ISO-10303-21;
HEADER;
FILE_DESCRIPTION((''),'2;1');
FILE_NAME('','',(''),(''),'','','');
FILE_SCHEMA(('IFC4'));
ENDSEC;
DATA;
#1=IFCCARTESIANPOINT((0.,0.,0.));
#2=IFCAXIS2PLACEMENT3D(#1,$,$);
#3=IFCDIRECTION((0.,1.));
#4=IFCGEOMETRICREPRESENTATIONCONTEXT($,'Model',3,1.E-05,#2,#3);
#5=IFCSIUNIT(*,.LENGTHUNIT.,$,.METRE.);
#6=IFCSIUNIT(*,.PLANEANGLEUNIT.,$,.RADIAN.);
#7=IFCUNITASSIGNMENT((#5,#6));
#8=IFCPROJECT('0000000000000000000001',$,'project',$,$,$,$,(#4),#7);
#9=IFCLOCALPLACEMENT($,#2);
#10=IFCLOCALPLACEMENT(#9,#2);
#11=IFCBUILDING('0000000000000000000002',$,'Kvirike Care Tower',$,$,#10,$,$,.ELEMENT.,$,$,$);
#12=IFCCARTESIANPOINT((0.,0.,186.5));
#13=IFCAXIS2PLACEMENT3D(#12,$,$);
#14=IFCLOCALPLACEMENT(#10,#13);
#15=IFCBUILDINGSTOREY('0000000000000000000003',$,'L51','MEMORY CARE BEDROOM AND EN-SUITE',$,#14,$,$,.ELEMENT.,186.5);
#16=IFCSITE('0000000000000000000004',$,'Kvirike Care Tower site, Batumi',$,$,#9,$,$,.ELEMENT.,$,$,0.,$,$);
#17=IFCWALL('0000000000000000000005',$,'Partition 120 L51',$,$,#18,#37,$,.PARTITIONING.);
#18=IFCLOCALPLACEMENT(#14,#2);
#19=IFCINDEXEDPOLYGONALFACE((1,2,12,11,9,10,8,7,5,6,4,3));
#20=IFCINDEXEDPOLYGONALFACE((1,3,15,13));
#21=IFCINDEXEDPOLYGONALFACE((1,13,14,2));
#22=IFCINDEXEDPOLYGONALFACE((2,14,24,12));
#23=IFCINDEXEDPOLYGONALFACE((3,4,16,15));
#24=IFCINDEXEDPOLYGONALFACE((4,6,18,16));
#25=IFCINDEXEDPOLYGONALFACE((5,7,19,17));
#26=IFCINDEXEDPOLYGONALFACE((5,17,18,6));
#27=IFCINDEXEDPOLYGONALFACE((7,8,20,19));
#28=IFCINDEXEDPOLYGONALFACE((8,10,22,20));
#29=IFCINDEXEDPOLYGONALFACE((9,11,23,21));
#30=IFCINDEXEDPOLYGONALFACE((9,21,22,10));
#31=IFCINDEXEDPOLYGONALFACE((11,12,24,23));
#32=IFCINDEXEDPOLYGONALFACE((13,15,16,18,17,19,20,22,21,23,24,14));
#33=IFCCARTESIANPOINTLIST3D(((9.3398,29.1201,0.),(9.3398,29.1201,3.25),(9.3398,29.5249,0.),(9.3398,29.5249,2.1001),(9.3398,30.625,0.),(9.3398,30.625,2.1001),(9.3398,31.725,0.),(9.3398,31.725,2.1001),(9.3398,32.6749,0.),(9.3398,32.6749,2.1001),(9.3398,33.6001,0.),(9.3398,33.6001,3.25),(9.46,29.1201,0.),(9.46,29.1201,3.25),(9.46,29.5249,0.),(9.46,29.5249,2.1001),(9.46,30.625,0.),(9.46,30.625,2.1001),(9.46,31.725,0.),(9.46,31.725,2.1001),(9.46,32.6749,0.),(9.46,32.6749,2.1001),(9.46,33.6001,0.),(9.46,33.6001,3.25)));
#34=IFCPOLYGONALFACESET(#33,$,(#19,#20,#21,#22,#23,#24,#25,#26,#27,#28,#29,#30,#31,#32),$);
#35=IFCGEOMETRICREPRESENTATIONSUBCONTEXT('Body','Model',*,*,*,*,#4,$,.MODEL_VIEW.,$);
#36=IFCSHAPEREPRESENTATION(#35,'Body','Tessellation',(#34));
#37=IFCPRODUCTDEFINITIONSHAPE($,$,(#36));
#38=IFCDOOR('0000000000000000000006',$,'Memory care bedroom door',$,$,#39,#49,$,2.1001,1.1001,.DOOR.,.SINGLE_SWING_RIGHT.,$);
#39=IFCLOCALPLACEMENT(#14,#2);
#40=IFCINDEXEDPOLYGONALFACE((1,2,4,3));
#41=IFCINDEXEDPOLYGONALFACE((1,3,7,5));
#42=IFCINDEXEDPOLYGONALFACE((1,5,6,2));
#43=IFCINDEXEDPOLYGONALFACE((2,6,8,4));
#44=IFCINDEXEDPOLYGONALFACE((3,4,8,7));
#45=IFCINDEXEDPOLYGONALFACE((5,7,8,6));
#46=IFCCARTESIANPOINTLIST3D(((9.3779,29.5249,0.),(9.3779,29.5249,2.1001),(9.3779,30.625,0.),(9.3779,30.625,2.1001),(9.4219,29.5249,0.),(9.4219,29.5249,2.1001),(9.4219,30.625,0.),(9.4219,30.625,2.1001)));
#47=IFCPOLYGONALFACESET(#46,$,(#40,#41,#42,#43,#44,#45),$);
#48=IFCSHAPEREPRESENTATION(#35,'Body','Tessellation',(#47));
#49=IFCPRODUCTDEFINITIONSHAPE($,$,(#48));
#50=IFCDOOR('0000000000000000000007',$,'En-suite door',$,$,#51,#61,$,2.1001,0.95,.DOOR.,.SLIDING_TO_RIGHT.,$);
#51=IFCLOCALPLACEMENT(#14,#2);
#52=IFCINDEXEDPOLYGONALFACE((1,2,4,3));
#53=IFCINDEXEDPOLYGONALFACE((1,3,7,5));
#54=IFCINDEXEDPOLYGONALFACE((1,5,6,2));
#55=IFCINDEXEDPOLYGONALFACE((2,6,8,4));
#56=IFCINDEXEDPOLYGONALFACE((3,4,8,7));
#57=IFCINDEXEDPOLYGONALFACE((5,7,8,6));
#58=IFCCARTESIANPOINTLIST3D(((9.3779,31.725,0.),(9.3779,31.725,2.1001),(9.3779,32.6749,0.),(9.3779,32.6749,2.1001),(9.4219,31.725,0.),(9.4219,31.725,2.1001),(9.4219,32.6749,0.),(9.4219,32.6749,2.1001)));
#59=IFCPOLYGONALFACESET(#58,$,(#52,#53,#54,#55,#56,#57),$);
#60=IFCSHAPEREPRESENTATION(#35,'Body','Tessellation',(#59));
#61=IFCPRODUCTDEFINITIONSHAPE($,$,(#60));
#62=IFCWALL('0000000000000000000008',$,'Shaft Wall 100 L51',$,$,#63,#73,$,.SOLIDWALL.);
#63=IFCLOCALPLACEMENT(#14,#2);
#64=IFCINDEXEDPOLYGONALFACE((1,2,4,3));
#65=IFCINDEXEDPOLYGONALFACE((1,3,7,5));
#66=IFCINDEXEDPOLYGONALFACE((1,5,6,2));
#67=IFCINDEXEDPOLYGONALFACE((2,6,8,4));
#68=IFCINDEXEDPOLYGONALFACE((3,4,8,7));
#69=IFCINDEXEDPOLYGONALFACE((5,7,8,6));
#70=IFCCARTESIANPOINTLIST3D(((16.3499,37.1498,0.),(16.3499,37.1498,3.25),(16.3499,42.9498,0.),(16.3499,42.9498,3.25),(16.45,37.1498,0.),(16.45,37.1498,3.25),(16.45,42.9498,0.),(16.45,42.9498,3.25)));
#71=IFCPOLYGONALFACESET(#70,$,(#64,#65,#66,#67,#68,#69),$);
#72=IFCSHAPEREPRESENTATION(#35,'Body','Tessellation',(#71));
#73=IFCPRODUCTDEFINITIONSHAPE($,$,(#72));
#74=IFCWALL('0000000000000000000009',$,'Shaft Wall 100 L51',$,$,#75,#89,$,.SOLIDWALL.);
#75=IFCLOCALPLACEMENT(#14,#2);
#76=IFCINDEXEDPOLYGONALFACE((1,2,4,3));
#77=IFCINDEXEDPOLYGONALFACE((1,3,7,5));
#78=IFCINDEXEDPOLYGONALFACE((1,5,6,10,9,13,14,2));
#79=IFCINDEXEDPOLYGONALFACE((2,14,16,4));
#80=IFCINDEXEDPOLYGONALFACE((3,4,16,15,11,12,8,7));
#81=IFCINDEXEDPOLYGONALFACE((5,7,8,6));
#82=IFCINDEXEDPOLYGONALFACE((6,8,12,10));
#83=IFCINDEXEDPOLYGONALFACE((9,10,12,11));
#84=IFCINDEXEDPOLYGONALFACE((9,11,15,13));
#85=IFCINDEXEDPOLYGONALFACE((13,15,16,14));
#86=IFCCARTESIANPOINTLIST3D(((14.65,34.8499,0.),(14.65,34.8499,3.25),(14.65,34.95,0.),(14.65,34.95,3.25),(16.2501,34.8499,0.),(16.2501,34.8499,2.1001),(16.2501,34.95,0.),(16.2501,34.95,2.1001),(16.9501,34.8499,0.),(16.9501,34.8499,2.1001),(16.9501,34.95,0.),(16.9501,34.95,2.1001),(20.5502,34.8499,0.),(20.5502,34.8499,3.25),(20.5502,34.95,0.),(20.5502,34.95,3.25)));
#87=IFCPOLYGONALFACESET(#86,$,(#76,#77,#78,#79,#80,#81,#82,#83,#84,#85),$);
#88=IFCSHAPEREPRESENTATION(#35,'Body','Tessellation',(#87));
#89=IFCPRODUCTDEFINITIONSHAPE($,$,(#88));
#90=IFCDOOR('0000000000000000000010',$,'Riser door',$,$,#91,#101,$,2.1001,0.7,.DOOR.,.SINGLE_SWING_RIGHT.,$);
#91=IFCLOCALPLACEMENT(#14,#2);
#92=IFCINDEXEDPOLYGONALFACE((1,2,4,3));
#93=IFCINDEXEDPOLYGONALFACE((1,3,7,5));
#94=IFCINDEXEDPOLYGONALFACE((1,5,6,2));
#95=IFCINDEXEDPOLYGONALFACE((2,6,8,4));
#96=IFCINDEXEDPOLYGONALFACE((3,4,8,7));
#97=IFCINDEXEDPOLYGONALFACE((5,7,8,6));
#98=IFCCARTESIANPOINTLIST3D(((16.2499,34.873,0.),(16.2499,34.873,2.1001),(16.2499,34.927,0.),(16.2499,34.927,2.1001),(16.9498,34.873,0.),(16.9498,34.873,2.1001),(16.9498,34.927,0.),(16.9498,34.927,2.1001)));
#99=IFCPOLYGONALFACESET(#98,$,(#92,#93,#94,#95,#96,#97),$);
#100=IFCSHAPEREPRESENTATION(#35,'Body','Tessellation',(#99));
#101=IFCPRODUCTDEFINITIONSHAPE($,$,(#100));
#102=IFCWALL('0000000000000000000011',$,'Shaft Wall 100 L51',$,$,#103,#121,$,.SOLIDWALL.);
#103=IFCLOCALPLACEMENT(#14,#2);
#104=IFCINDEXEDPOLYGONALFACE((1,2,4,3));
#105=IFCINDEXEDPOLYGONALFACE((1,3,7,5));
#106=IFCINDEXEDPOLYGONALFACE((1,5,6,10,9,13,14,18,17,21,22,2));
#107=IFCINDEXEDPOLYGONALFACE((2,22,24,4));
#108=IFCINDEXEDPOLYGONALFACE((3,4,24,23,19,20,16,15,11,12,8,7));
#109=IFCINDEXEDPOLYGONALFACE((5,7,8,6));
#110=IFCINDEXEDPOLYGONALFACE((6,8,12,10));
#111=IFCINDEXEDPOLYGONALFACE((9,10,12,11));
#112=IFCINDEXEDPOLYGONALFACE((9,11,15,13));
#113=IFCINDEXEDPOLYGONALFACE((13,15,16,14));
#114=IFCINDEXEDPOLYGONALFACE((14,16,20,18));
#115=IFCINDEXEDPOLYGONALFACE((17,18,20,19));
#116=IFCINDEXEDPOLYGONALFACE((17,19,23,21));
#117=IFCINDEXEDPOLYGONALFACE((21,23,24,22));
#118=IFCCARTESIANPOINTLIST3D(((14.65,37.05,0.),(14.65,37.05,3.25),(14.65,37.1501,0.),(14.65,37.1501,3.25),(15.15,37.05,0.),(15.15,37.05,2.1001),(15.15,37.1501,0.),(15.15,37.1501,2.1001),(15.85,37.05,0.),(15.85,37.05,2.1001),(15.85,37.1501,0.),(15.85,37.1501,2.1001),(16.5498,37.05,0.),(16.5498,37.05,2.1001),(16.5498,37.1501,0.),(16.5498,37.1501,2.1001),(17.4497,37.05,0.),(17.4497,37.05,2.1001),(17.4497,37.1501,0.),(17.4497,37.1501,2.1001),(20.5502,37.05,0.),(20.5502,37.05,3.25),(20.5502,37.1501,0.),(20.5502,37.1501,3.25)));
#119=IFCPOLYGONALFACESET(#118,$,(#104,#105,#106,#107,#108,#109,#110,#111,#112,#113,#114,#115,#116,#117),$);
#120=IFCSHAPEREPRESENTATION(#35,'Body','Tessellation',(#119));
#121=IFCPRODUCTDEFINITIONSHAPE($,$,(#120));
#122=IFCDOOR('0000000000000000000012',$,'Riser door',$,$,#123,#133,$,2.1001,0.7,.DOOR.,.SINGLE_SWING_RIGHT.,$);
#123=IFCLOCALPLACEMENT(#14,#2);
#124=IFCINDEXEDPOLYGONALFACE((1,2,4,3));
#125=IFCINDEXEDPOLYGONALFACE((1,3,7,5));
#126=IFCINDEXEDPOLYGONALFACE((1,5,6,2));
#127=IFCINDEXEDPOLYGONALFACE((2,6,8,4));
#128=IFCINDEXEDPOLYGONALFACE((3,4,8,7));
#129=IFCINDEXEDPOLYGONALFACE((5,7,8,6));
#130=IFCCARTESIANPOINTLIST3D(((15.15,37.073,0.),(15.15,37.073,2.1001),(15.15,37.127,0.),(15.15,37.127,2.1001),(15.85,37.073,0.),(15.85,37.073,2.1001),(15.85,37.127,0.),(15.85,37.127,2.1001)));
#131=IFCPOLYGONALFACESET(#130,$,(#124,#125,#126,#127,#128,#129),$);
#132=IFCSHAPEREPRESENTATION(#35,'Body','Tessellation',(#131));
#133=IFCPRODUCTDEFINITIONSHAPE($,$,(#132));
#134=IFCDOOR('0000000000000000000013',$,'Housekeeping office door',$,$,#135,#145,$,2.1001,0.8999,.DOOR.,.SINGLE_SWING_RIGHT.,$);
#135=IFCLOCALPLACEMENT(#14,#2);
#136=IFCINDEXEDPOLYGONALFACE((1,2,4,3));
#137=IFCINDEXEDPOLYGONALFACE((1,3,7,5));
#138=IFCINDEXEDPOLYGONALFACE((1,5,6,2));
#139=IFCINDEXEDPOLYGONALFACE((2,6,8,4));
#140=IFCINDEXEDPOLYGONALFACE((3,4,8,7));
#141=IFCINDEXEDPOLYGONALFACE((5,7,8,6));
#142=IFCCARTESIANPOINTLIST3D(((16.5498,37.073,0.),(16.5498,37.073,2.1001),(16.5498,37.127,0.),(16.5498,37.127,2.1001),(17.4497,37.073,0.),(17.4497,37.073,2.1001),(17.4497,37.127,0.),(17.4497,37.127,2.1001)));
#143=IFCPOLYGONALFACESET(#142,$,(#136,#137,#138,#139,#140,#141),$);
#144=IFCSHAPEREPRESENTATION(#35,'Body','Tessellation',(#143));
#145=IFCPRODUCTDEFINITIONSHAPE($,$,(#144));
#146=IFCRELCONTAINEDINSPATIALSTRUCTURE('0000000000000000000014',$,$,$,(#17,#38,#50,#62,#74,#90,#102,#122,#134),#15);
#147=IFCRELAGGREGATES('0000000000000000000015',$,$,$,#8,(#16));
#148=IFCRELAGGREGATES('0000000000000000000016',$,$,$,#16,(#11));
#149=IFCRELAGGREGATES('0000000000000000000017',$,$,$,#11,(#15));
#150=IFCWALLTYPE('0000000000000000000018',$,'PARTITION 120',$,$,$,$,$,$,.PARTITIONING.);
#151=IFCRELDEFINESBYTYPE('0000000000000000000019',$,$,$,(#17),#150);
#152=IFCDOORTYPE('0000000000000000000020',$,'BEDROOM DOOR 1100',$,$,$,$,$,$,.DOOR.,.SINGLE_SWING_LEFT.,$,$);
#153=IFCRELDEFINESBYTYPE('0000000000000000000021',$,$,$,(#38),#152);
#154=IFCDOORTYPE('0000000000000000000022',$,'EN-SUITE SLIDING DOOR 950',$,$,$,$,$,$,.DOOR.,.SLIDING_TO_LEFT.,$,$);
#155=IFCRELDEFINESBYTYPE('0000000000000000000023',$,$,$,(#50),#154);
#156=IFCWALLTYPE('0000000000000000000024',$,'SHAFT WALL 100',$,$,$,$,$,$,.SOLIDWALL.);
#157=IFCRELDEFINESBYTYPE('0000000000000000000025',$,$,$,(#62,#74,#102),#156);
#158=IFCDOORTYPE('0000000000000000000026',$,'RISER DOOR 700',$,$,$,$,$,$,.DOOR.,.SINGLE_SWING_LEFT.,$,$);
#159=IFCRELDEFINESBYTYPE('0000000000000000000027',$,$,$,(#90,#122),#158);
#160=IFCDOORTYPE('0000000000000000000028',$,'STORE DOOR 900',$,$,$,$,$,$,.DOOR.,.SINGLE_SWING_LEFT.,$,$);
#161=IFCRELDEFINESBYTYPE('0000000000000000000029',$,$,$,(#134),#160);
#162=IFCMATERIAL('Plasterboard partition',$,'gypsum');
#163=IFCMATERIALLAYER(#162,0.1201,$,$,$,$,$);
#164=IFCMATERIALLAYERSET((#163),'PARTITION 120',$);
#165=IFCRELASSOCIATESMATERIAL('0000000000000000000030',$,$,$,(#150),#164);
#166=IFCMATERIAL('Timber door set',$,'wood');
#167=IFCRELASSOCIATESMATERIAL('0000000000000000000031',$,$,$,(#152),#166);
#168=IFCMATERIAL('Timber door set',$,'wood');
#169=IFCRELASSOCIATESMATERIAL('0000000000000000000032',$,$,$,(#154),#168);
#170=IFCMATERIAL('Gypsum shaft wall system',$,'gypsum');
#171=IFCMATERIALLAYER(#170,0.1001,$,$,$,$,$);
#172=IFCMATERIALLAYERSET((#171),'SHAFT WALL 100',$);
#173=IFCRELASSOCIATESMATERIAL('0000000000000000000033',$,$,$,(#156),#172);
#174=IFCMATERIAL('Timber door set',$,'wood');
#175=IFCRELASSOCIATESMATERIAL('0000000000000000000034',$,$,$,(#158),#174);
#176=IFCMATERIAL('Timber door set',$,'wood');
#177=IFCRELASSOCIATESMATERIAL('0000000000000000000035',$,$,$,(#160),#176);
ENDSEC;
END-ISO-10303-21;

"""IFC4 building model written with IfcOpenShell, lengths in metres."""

from ifc_helpers import new_model, si_unit, direction, frame, frame_2d, origin, place, context, subcontext, project, spatial, rectangle, extrude, material, layer, layer_set, type_object, element, fill, save


model = new_model("IFC4")

# Units and contexts
model_context = context("Model", 3, precision=1e-05, world=origin(), true_north=direction((0.0, 1.0)))
body_context = subcontext(model_context, "Body", "Model", "MODEL_VIEW")
ifc_project = project(units=[si_unit("LENGTHUNIT", "METRE"), si_unit("PLANEANGLEUNIT", "RADIAN")], contexts=[model_context])

# Site, building, storey
site_placement = place(None, origin())
site = spatial("IfcSite", under=ifc_project, at=site_placement, Name="Kvirike Care Tower site, Batumi", CompositionType="ELEMENT", RefElevation=0.0)
building_placement = place(site_placement, origin())
building = spatial("IfcBuilding", under=site, at=building_placement, Name="Kvirike Care Tower", CompositionType="ELEMENT")
storey_placement = place(building_placement, frame((0.0, 0.0, 186.5)))
storey = spatial("IfcBuildingStorey", under=building, at=storey_placement, Name="L51", Description="MEMORY CARE BEDROOM AND EN-SUITE", CompositionType="ELEMENT", Elevation=186.5)

# Shared definitions
ifc_material_1 = material(Name="Plasterboard partition", Category="gypsum")
ifc_layer_1 = layer(ifc_material_1, 0.1201)
ifc_layer_set_1 = layer_set([ifc_layer_1], Name="PARTITION 120")
wall_type_1 = type_object("IfcWallType", Name="PARTITION 120", PredefinedType="PARTITIONING", material=ifc_layer_set_1)

# Wall, openings, doors
wall_1_placement = place(storey_placement, frame((9.3999, 33.6001, 0.0), z_axis=(0.0, 0.0, 1.0), x_axis=(0.0, -1.0, 0.0)))
wall_1 = element("IfcWall", 1, at=wall_1_placement, inside=storey, type_object=wall_type_1, Name="Partition 120 L51", PredefinedType="PARTITIONING", context=body_context, shape_type="SweptSolid", body=[
    extrude(rectangle(XDim=4.48, YDim=0.1201, at=frame_2d((2.24, 0.0))), origin(), (0.0, 0.0, 1.0), 3.25),
])
opening_1_placement = place(wall_1_placement, frame((2.9751, 0.0, 0.0)))
opening_1 = element("IfcOpeningElement", 2, at=opening_1_placement, cuts=wall_1, PredefinedType="OPENING", context=body_context, shape_type="SweptSolid", body=[
    extrude(rectangle(XDim=1.1001, YDim=2.1001, at=frame_2d((0.55, 1.05))), frame((0.0, 0.0706, 0.0), z_axis=(0.0, -1.0, 0.0), x_axis=(1.0, 0.0, 0.0)), (0.0, 0.0, 1.0), 0.1411),
])
opening_2_placement = place(wall_1_placement, frame((0.925, 0.0, 0.0)))
opening_2 = element("IfcOpeningElement", 3, at=opening_2_placement, cuts=wall_1, PredefinedType="OPENING", context=body_context, shape_type="SweptSolid", body=[
    extrude(rectangle(XDim=0.95, YDim=2.1001, at=frame_2d((0.4751, 1.05))), frame((0.0, 0.0706, 0.0), z_axis=(0.0, -1.0, 0.0), x_axis=(1.0, 0.0, 0.0)), (0.0, 0.0, 1.0), 0.1411),
])
ifc_material_2 = material(Name="Timber door set", Category="wood")
door_type_1 = type_object("IfcDoorType", Name="BEDROOM DOOR 1100", OperationType="SINGLE_SWING_LEFT", PredefinedType="DOOR", material=ifc_material_2)
door_1_placement = place(opening_1_placement, origin())
door_1 = element("IfcDoor", 4, at=door_1_placement, inside=storey, type_object=door_type_1, Name="Memory care bedroom door", OperationType="SINGLE_SWING_RIGHT", OverallHeight=2.1001, OverallWidth=1.1001, PredefinedType="DOOR", context=body_context, shape_type="SweptSolid", body=[
    extrude(rectangle(XDim=1.1001, YDim=2.1001, at=frame_2d((0.55, 1.05))), frame((0.0, 0.022, 0.0), z_axis=(0.0, -1.0, 0.0), x_axis=(1.0, 0.0, 0.0)), (0.0, 0.0, 1.0), 0.0439),
])
fill(opening_1, door_1)
ifc_material_3 = material(Name="Timber door set", Category="wood")
door_type_2 = type_object("IfcDoorType", Name="EN-SUITE SLIDING DOOR 950", OperationType="SLIDING_TO_LEFT", PredefinedType="DOOR", material=ifc_material_3)
door_2_placement = place(opening_2_placement, origin())
door_2 = element("IfcDoor", 5, at=door_2_placement, inside=storey, type_object=door_type_2, Name="En-suite door", OperationType="SLIDING_TO_RIGHT", OverallHeight=2.1001, OverallWidth=0.95, PredefinedType="DOOR", context=body_context, shape_type="SweptSolid", body=[
    extrude(rectangle(XDim=0.95, YDim=2.1001, at=frame_2d((0.4751, 1.05))), frame((0.0, 0.022, 0.0), z_axis=(0.0, -1.0, 0.0), x_axis=(1.0, 0.0, 0.0)), (0.0, 0.0, 1.0), 0.0439),
])
fill(opening_2, door_2)

# Wall
ifc_material_4 = material(Name="Gypsum shaft wall system", Category="gypsum")
ifc_layer_2 = layer(ifc_material_4, 0.1001)
ifc_layer_set_2 = layer_set([ifc_layer_2], Name="SHAFT WALL 100")
wall_type_2 = type_object("IfcWallType", Name="SHAFT WALL 100", PredefinedType="SOLIDWALL", material=ifc_layer_set_2)
wall_2_placement = place(storey_placement, frame((16.3999, 37.1499, 0.0), z_axis=(0.0, 0.0, 1.0), x_axis=(0.0, 1.0, 0.0)))
element("IfcWall", 6, at=wall_2_placement, inside=storey, type_object=wall_type_2, Name="Shaft Wall 100 L51", PredefinedType="SOLIDWALL", context=body_context, shape_type="SweptSolid", body=[
    extrude(rectangle(XDim=5.8, YDim=0.1001, at=frame_2d((2.8999, 0.0))), origin(), (0.0, 0.0, 1.0), 3.25),
])

# Wall, opening, door
wall_3_placement = place(storey_placement, frame((14.6499, 34.8999, 0.0), z_axis=(0.0, 0.0, 1.0), x_axis=(1.0, 0.0, 0.0)))
wall_3 = element("IfcWall", 7, at=wall_3_placement, inside=storey, type_object=wall_type_2, Name="Shaft Wall 100 L51", PredefinedType="SOLIDWALL", context=body_context, shape_type="SweptSolid", body=[
    extrude(rectangle(XDim=5.9001, YDim=0.1001, at=frame_2d((2.9502, 0.0))), origin(), (0.0, 0.0, 1.0), 3.25),
])
opening_3_placement = place(wall_3_placement, frame((1.6001, 0.0, 0.0)))
opening_3 = element("IfcOpeningElement", 8, at=opening_3_placement, cuts=wall_3, PredefinedType="OPENING", context=body_context, shape_type="SweptSolid", body=[
    extrude(rectangle(XDim=0.7, YDim=2.1001, at=frame_2d((0.3501, 1.05))), frame((0.0, 0.0605, 0.0), z_axis=(0.0, -1.0, 0.0), x_axis=(1.0, 0.0, 0.0)), (0.0, 0.0, 1.0), 0.1211),
])
ifc_material_5 = material(Name="Timber door set", Category="wood")
door_type_3 = type_object("IfcDoorType", Name="RISER DOOR 700", OperationType="SINGLE_SWING_LEFT", PredefinedType="DOOR", material=ifc_material_5)
door_3_placement = place(opening_3_placement, frame((0.7, 0.0, 0.0), z_axis=(0.0, 0.0, 1.0), x_axis=(-1.0, 0.0, 0.0)))
door_3 = element("IfcDoor", 9, at=door_3_placement, inside=storey, type_object=door_type_3, Name="Riser door", OperationType="SINGLE_SWING_RIGHT", OverallHeight=2.1001, OverallWidth=0.7, PredefinedType="DOOR", context=body_context, shape_type="SweptSolid", body=[
    extrude(rectangle(XDim=0.7, YDim=2.1001, at=frame_2d((0.3501, 1.05))), frame((0.0, 0.0269, 0.0), z_axis=(0.0, -1.0, 0.0), x_axis=(1.0, 0.0, 0.0)), (0.0, 0.0, 1.0), 0.054),
])
fill(opening_3, door_3)

# Wall, openings, doors
wall_4_placement = place(storey_placement, frame((14.6499, 37.1001, 0.0), z_axis=(0.0, 0.0, 1.0), x_axis=(1.0, 0.0, 0.0)))
wall_4 = element("IfcWall", 10, at=wall_4_placement, inside=storey, type_object=wall_type_2, Name="Shaft Wall 100 L51", PredefinedType="SOLIDWALL", context=body_context, shape_type="SweptSolid", body=[
    extrude(rectangle(XDim=5.9001, YDim=0.1001, at=frame_2d((2.9502, 0.0))), origin(), (0.0, 0.0, 1.0), 3.25),
])
opening_4_placement = place(wall_4_placement, frame((0.5, 0.0, 0.0)))
opening_4 = element("IfcOpeningElement", 11, at=opening_4_placement, cuts=wall_4, PredefinedType="OPENING", context=body_context, shape_type="SweptSolid", body=[
    extrude(rectangle(XDim=0.7, YDim=2.1001, at=frame_2d((0.3501, 1.05))), frame((0.0, 0.0605, 0.0), z_axis=(0.0, -1.0, 0.0), x_axis=(1.0, 0.0, 0.0)), (0.0, 0.0, 1.0), 0.1211),
])
opening_5_placement = place(wall_4_placement, frame((1.8999, 0.0, 0.0)))
opening_5 = element("IfcOpeningElement", 12, at=opening_5_placement, cuts=wall_4, PredefinedType="OPENING", context=body_context, shape_type="SweptSolid", body=[
    extrude(rectangle(XDim=0.8999, YDim=2.1001, at=frame_2d((0.45, 1.05))), frame((0.0, 0.0605, 0.0), z_axis=(0.0, -1.0, 0.0), x_axis=(1.0, 0.0, 0.0)), (0.0, 0.0, 1.0), 0.1211),
])
door_4_placement = place(opening_4_placement, origin())
door_4 = element("IfcDoor", 13, at=door_4_placement, inside=storey, type_object=door_type_3, Name="Riser door", OperationType="SINGLE_SWING_RIGHT", OverallHeight=2.1001, OverallWidth=0.7, PredefinedType="DOOR", context=body_context, shape_type="SweptSolid", body=[
    extrude(rectangle(XDim=0.7, YDim=2.1001, at=frame_2d((0.3501, 1.05))), frame((0.0, 0.0269, 0.0), z_axis=(0.0, -1.0, 0.0), x_axis=(1.0, 0.0, 0.0)), (0.0, 0.0, 1.0), 0.054),
])
fill(opening_4, door_4)
ifc_material_6 = material(Name="Timber door set", Category="wood")
door_type_4 = type_object("IfcDoorType", Name="STORE DOOR 900", OperationType="SINGLE_SWING_LEFT", PredefinedType="DOOR", material=ifc_material_6)
door_5_placement = place(opening_5_placement, origin())
door_5 = element("IfcDoor", 14, at=door_5_placement, inside=storey, type_object=door_type_4, Name="Housekeeping office door", OperationType="SINGLE_SWING_RIGHT", OverallHeight=2.1001, OverallWidth=0.8999, PredefinedType="DOOR", context=body_context, shape_type="SweptSolid", body=[
    extrude(rectangle(XDim=0.8999, YDim=2.1001, at=frame_2d((0.45, 1.05))), frame((0.0, 0.0269, 0.0), z_axis=(0.0, -1.0, 0.0), x_axis=(1.0, 0.0, 0.0)), (0.0, 0.0, 1.0), 0.054),
])
fill(opening_5, door_5)

save(model, "model.ifc")
